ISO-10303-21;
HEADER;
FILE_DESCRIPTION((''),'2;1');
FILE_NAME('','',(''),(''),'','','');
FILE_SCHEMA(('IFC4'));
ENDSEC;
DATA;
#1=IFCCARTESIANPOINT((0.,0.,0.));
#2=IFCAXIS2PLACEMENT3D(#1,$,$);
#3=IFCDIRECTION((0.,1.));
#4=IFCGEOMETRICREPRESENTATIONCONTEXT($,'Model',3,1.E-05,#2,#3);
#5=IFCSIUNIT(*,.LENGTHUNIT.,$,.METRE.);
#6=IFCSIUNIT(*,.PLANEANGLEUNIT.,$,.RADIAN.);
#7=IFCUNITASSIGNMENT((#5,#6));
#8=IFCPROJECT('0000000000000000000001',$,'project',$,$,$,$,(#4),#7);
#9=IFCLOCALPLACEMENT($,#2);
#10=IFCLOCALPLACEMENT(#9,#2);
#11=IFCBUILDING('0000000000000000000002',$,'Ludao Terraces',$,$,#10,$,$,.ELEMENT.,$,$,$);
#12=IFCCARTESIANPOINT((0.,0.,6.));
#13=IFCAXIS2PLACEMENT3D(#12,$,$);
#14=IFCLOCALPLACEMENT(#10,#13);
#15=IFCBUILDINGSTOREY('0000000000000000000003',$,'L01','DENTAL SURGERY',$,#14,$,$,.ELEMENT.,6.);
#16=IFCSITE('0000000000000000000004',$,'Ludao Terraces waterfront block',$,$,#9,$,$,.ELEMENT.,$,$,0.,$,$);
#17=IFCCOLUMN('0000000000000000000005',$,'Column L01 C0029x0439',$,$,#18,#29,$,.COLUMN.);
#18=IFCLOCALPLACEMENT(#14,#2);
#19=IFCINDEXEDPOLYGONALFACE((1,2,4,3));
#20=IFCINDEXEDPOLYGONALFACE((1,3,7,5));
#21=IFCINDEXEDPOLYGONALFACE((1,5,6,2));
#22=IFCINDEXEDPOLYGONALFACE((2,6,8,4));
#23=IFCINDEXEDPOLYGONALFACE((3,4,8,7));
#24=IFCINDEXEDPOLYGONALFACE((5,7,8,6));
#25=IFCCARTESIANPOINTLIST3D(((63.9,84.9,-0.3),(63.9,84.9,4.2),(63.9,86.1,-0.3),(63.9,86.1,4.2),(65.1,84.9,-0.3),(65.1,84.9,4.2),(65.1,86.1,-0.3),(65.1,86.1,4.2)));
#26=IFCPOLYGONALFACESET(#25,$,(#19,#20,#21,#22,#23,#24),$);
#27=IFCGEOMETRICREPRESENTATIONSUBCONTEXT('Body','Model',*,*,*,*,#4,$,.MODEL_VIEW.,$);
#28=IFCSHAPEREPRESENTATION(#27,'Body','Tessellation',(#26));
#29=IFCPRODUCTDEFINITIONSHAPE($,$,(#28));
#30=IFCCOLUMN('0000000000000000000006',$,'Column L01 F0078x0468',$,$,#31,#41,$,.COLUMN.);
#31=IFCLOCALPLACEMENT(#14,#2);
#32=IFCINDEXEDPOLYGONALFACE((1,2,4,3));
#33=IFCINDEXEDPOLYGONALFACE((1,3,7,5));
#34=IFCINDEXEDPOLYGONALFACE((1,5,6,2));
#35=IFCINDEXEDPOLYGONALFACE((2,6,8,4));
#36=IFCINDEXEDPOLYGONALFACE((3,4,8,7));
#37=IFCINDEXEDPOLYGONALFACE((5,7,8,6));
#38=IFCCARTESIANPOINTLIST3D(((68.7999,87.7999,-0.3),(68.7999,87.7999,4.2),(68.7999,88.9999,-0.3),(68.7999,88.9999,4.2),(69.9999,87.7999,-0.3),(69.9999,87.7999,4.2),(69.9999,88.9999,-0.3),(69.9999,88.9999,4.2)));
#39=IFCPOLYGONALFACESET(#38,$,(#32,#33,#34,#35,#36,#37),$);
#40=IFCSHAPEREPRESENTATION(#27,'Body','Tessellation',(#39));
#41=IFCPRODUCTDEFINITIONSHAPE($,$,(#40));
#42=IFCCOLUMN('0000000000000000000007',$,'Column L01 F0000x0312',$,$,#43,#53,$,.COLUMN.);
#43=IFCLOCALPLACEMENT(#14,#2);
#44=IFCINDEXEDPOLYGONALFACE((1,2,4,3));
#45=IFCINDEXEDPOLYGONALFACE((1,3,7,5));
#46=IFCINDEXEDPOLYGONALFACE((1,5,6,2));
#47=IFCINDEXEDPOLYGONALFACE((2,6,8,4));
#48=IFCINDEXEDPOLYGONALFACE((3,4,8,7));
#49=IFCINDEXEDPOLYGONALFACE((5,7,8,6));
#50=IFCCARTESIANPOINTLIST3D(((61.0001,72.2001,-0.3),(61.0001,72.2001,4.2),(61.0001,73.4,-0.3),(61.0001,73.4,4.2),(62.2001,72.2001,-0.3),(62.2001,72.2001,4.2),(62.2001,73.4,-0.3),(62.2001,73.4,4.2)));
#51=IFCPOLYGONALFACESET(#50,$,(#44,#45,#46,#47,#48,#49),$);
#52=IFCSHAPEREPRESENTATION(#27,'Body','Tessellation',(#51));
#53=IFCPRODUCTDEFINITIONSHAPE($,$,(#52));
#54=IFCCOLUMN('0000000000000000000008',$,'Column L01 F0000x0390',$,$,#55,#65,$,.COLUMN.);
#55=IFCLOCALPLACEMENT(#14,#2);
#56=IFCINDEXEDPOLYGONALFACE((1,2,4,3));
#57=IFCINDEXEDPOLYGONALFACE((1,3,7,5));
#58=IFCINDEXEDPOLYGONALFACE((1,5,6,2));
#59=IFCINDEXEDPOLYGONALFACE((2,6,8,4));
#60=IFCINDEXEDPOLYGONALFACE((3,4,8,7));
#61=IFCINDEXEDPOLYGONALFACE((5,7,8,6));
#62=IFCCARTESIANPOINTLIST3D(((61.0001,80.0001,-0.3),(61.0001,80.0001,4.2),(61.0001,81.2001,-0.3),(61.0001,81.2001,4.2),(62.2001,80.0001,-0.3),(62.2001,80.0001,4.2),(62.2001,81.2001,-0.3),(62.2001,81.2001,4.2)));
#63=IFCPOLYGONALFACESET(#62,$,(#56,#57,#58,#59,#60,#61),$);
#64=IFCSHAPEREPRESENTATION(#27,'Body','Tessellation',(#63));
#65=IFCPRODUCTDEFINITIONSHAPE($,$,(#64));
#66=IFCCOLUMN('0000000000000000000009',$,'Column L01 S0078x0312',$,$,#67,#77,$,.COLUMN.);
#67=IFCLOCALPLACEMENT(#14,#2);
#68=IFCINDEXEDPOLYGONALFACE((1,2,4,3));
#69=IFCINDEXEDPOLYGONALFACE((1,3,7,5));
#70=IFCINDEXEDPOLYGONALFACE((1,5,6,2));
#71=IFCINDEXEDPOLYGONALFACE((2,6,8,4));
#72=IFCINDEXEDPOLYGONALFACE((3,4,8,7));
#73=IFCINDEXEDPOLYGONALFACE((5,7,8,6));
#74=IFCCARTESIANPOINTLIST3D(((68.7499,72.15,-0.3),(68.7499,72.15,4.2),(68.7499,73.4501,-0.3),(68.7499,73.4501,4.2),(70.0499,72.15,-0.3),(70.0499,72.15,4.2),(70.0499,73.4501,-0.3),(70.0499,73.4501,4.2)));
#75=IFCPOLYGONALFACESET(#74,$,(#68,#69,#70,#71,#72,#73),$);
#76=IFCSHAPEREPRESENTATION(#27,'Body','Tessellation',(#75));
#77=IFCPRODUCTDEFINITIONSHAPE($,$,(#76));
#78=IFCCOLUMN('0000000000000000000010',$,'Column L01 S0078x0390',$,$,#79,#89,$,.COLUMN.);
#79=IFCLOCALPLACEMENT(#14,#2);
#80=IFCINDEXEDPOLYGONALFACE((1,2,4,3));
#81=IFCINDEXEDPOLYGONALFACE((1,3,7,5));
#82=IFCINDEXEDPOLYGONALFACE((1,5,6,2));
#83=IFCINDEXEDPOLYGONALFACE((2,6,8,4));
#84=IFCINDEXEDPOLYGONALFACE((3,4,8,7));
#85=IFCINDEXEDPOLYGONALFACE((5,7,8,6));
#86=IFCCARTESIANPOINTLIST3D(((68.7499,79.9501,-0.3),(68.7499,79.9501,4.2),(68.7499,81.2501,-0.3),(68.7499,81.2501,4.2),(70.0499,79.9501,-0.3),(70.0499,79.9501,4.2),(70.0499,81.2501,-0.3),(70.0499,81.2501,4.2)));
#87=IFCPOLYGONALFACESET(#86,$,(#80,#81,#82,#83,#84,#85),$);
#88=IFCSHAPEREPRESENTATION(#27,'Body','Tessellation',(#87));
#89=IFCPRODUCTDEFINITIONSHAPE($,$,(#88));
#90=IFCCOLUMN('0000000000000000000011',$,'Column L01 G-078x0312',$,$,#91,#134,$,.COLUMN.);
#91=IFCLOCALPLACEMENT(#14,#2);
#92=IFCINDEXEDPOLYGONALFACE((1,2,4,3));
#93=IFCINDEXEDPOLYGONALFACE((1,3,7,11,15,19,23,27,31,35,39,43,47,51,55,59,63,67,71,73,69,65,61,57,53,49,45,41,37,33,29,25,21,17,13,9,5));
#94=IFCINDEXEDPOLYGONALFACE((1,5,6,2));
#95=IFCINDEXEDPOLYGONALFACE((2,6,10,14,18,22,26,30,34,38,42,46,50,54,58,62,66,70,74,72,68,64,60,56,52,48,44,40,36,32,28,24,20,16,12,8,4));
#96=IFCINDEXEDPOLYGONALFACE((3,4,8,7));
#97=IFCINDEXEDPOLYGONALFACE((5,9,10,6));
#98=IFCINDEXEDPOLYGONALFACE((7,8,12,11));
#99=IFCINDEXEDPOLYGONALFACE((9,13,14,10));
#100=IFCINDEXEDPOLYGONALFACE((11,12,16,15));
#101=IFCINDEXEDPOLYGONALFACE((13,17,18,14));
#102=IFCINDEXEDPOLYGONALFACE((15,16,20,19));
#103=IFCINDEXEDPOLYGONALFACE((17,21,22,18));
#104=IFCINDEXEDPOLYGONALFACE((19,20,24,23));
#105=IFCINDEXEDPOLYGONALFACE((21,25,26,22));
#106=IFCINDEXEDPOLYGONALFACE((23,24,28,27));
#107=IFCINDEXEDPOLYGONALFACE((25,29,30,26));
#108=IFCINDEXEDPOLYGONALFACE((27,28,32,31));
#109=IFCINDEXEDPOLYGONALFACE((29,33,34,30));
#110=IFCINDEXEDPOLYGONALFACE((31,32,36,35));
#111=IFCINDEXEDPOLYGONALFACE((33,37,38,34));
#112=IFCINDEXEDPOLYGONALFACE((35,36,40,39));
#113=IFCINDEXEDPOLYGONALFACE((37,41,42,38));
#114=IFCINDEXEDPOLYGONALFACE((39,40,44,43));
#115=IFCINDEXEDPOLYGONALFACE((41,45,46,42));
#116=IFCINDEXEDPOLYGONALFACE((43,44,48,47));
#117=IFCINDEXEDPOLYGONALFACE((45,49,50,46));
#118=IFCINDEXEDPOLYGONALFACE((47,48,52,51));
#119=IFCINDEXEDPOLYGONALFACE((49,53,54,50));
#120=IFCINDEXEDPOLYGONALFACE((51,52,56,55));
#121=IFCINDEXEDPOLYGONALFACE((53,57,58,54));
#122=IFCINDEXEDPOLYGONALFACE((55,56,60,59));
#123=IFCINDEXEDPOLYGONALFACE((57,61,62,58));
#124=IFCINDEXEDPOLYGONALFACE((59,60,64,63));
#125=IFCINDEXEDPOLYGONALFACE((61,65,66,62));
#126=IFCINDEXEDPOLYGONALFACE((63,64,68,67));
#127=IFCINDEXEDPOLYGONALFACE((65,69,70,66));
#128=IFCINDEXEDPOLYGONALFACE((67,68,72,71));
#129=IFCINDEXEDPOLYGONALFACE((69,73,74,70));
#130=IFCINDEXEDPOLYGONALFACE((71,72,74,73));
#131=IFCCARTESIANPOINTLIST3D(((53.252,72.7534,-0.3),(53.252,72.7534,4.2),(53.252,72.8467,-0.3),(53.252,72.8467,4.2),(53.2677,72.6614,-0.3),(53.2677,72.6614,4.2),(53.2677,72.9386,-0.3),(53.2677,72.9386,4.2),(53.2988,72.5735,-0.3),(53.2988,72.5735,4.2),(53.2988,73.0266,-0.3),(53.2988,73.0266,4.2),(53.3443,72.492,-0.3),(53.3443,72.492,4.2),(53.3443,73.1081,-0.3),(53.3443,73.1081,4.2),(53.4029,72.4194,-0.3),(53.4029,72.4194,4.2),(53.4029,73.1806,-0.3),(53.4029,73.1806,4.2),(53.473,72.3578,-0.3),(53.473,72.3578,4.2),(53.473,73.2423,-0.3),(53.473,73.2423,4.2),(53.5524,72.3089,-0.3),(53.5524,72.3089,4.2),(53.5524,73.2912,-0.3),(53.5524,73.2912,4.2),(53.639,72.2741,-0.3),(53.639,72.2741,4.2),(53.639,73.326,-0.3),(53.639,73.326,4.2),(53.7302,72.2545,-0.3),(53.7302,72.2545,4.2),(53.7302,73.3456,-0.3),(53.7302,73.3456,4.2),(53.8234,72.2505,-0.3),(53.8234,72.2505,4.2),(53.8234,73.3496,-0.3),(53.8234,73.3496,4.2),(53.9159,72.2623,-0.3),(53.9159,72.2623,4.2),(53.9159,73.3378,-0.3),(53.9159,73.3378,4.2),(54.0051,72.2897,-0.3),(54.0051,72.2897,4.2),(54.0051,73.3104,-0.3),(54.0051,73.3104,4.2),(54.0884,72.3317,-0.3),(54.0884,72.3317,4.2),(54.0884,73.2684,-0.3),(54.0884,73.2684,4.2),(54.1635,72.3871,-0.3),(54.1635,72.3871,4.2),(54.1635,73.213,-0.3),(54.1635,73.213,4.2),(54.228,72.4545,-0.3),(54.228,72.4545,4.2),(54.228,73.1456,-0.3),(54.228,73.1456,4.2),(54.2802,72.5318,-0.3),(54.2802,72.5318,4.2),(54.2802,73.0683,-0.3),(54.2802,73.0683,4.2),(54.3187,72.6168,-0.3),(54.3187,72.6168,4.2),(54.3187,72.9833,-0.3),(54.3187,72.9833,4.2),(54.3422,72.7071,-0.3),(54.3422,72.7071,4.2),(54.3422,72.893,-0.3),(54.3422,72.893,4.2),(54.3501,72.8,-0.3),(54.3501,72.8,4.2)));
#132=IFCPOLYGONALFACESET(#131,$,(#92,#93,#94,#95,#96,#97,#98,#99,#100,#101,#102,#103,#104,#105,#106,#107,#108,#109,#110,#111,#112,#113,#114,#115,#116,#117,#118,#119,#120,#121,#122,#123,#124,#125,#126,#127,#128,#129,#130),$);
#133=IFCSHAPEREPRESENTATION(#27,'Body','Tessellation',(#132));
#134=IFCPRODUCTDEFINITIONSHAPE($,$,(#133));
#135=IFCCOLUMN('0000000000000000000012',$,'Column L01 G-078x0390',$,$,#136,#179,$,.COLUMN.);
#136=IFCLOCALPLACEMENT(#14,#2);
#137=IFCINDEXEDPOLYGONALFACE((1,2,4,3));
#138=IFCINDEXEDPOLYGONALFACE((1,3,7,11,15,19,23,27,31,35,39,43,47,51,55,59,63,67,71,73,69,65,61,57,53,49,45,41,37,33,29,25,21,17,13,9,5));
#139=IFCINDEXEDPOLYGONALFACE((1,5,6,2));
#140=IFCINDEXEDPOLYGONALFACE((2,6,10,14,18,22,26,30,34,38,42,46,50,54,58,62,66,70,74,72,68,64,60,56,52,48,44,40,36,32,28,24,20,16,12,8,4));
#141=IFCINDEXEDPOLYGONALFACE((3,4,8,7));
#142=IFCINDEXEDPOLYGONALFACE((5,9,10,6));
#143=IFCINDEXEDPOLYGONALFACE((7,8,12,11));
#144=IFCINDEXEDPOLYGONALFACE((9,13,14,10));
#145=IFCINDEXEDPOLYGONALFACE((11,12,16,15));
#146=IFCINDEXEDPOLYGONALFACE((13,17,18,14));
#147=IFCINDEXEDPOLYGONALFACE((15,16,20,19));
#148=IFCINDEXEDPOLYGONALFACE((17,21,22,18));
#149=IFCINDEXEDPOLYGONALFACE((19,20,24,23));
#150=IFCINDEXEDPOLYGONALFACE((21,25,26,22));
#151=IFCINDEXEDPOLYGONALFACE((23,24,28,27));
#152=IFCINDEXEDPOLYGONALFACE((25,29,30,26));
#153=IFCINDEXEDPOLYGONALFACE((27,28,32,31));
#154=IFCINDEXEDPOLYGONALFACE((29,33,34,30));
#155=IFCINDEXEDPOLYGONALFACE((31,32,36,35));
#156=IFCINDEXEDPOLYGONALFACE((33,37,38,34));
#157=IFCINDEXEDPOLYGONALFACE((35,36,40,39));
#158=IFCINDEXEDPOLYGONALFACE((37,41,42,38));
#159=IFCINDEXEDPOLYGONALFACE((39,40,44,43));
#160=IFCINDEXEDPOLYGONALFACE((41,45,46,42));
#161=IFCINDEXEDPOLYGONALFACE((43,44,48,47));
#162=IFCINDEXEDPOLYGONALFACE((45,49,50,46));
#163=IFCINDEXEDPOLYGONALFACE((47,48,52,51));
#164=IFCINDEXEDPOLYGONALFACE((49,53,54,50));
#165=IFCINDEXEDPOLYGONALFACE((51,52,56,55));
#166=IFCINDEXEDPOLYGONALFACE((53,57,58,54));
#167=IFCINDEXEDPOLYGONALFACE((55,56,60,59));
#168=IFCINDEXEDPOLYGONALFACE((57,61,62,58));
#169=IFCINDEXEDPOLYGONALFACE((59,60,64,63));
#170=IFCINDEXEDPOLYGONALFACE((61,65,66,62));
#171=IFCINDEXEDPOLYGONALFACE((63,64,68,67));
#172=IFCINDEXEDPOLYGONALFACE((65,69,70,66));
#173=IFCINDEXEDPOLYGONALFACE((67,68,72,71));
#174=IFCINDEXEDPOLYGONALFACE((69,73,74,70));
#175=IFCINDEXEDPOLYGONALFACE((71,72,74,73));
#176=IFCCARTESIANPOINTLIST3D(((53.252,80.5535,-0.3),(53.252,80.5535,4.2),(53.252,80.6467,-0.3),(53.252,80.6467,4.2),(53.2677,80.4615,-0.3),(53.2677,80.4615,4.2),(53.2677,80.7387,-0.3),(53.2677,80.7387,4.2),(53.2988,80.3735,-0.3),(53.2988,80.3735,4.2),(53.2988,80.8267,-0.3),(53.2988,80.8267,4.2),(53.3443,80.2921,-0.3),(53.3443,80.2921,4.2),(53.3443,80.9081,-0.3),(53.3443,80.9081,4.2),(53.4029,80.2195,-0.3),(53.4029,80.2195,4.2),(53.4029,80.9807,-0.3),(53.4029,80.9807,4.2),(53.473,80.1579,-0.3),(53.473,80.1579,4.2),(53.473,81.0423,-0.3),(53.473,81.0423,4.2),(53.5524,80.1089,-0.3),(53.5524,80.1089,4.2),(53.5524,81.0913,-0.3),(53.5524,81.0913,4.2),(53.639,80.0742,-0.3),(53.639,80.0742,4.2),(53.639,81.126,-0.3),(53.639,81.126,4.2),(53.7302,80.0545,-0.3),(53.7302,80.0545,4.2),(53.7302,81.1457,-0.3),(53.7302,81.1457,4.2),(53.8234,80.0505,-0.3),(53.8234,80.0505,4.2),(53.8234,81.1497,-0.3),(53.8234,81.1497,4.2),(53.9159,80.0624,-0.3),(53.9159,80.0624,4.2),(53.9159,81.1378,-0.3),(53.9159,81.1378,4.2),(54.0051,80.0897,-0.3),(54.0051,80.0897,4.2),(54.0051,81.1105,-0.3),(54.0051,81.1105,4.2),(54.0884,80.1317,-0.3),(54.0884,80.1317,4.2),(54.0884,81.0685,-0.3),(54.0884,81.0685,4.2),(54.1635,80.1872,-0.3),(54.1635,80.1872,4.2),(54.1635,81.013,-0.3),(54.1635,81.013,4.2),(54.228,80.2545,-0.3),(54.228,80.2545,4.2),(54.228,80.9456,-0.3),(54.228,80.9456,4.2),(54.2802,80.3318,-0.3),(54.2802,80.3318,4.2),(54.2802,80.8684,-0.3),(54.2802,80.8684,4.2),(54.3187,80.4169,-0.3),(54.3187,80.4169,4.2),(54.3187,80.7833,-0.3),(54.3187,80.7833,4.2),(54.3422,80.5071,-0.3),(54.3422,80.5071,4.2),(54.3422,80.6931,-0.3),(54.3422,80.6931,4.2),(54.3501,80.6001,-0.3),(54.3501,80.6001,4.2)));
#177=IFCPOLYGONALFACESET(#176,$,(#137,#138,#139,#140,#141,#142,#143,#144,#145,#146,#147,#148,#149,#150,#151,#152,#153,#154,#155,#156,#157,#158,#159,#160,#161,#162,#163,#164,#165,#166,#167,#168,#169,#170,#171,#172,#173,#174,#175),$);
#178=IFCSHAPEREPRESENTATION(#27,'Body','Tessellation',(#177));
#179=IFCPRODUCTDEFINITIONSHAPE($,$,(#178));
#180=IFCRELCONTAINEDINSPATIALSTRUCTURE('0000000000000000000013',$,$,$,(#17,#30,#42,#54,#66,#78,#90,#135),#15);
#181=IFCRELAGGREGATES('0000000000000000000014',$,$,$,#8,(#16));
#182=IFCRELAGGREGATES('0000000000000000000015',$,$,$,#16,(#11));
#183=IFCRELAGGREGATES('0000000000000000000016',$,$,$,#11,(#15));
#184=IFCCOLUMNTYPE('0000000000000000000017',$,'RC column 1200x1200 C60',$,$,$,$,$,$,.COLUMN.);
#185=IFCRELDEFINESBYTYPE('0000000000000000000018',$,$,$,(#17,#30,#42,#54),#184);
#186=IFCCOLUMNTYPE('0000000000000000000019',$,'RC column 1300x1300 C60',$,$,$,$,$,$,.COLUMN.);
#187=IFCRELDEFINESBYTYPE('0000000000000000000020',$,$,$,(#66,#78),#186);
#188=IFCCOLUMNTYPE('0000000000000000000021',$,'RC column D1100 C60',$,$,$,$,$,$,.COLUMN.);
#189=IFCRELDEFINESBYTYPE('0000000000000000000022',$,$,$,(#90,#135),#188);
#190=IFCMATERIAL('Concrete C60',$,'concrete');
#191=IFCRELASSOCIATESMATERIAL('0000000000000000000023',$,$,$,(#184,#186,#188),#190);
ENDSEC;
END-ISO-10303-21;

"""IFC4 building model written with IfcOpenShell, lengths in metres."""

from ifc_helpers import new_model, si_unit, direction, frame, origin, origin_2d, place, context, subcontext, project, spatial, rectangle, circle, extrude, material, material_profile, profile_set, type_object, element, save


model = new_model("IFC4")

# Units and contexts
model_context = context("Model", 3, precision=1e-05, world=origin(), true_north=direction((0.0, 1.0)))
body_context = subcontext(model_context, "Body", "Model", "MODEL_VIEW")
ifc_project = project(units=[si_unit("LENGTHUNIT", "METRE"), si_unit("PLANEANGLEUNIT", "RADIAN")], contexts=[model_context])

# Site, building, storey
site_placement = place(None, origin())
site = spatial("IfcSite", under=ifc_project, at=site_placement, Name="Ludao Terraces waterfront block", CompositionType="ELEMENT", RefElevation=0.0)
building_placement = place(site_placement, origin())
building = spatial("IfcBuilding", under=site, at=building_placement, Name="Ludao Terraces", CompositionType="ELEMENT")
storey_placement = place(building_placement, frame((0.0, 0.0, 6.0)))
storey = spatial("IfcBuildingStorey", under=building, at=storey_placement, Name="L01", Description="DENTAL SURGERY", CompositionType="ELEMENT", Elevation=6.0)

# Columns
ifc_material_1 = material(Name="Concrete C60", Category="concrete")
ifc_material_profile_1 = material_profile(ifc_material_1, rectangle(XDim=1.2, YDim=1.2, at=origin_2d()), Name="1200 X 1200")
ifc_profile_set_1 = profile_set([ifc_material_profile_1], Name="Concrete C60")
column_type_1 = type_object("IfcColumnType", Name="RC column 1200x1200 C60", PredefinedType="COLUMN", material=ifc_profile_set_1)
for number, where, z_axis, x_axis, name in (
    (1, (64.5, 85.5, -0.3), (0.0, 0.0, 1.0), (1.0, 0.0, 0.0), "Column L01 C0029x0439"),
    (2, (69.3999, 88.3999, -0.3), (0.0, 0.0, 1.0), (1.0, 0.0, 0.0), "Column L01 F0078x0468"),
    (3, (61.6001, 72.8, -0.3), (0.0, 0.0, 1.0), (1.0, 0.0, 0.0), "Column L01 F0000x0312"),
    (4, (61.6001, 80.6001, -0.3), (0.0, 0.0, 1.0), (1.0, 0.0, 0.0), "Column L01 F0000x0390"),
):
    element("IfcColumn", number, at=place(storey_placement, frame(where, z_axis=z_axis, x_axis=x_axis)), inside=storey, type_object=column_type_1, Name=name, PredefinedType="COLUMN", context=body_context, shape_type="SweptSolid", body=[
        extrude(rectangle(XDim=1.2, YDim=1.2, at=origin_2d()), origin(), (0.0, 0.0, 1.0), 4.5),
    ])
ifc_material_profile_2 = material_profile(ifc_material_1, rectangle(XDim=1.3, YDim=1.3, at=origin_2d()), Name="1300 X 1300")
ifc_profile_set_2 = profile_set([ifc_material_profile_2], Name="Concrete C60")
column_type_2 = type_object("IfcColumnType", Name="RC column 1300x1300 C60", PredefinedType="COLUMN", material=ifc_profile_set_2)
for number, where, z_axis, x_axis, name in (
    (5, (69.3999, 72.8, -0.3), (0.0, 0.0, 1.0), (1.0, 0.0, 0.0), "Column L01 S0078x0312"),
    (6, (69.3999, 80.6001, -0.3), (0.0, 0.0, 1.0), (1.0, 0.0, 0.0), "Column L01 S0078x0390"),
):
    element("IfcColumn", number, at=place(storey_placement, frame(where, z_axis=z_axis, x_axis=x_axis)), inside=storey, type_object=column_type_2, Name=name, PredefinedType="COLUMN", context=body_context, shape_type="SweptSolid", body=[
        extrude(rectangle(XDim=1.3, YDim=1.3, at=origin_2d()), origin(), (0.0, 0.0, 1.0), 4.5),
    ])
ifc_material_profile_3 = material_profile(ifc_material_1, circle(Radius=0.55, at=origin_2d()), Name="D1100")
ifc_profile_set_3 = profile_set([ifc_material_profile_3], Name="Concrete C60")
column_type_3 = type_object("IfcColumnType", Name="RC column D1100 C60", PredefinedType="COLUMN", material=ifc_profile_set_3)
for number, where, z_axis, x_axis, name in (
    (7, (53.8, 72.8, -0.3), (0.0, 0.0, 1.0), (1.0, 0.0, 0.0), "Column L01 G-078x0312"),
    (8, (53.8, 80.6001, -0.3), (0.0, 0.0, 1.0), (1.0, 0.0, 0.0), "Column L01 G-078x0390"),
):
    element("IfcColumn", number, at=place(storey_placement, frame(where, z_axis=z_axis, x_axis=x_axis)), inside=storey, type_object=column_type_3, Name=name, PredefinedType="COLUMN", context=body_context, shape_type="SweptSolid", body=[
        extrude(circle(Radius=0.55, at=origin_2d()), origin(), (0.0, 0.0, 1.0), 4.5),
    ])

save(model, "model.ifc")
